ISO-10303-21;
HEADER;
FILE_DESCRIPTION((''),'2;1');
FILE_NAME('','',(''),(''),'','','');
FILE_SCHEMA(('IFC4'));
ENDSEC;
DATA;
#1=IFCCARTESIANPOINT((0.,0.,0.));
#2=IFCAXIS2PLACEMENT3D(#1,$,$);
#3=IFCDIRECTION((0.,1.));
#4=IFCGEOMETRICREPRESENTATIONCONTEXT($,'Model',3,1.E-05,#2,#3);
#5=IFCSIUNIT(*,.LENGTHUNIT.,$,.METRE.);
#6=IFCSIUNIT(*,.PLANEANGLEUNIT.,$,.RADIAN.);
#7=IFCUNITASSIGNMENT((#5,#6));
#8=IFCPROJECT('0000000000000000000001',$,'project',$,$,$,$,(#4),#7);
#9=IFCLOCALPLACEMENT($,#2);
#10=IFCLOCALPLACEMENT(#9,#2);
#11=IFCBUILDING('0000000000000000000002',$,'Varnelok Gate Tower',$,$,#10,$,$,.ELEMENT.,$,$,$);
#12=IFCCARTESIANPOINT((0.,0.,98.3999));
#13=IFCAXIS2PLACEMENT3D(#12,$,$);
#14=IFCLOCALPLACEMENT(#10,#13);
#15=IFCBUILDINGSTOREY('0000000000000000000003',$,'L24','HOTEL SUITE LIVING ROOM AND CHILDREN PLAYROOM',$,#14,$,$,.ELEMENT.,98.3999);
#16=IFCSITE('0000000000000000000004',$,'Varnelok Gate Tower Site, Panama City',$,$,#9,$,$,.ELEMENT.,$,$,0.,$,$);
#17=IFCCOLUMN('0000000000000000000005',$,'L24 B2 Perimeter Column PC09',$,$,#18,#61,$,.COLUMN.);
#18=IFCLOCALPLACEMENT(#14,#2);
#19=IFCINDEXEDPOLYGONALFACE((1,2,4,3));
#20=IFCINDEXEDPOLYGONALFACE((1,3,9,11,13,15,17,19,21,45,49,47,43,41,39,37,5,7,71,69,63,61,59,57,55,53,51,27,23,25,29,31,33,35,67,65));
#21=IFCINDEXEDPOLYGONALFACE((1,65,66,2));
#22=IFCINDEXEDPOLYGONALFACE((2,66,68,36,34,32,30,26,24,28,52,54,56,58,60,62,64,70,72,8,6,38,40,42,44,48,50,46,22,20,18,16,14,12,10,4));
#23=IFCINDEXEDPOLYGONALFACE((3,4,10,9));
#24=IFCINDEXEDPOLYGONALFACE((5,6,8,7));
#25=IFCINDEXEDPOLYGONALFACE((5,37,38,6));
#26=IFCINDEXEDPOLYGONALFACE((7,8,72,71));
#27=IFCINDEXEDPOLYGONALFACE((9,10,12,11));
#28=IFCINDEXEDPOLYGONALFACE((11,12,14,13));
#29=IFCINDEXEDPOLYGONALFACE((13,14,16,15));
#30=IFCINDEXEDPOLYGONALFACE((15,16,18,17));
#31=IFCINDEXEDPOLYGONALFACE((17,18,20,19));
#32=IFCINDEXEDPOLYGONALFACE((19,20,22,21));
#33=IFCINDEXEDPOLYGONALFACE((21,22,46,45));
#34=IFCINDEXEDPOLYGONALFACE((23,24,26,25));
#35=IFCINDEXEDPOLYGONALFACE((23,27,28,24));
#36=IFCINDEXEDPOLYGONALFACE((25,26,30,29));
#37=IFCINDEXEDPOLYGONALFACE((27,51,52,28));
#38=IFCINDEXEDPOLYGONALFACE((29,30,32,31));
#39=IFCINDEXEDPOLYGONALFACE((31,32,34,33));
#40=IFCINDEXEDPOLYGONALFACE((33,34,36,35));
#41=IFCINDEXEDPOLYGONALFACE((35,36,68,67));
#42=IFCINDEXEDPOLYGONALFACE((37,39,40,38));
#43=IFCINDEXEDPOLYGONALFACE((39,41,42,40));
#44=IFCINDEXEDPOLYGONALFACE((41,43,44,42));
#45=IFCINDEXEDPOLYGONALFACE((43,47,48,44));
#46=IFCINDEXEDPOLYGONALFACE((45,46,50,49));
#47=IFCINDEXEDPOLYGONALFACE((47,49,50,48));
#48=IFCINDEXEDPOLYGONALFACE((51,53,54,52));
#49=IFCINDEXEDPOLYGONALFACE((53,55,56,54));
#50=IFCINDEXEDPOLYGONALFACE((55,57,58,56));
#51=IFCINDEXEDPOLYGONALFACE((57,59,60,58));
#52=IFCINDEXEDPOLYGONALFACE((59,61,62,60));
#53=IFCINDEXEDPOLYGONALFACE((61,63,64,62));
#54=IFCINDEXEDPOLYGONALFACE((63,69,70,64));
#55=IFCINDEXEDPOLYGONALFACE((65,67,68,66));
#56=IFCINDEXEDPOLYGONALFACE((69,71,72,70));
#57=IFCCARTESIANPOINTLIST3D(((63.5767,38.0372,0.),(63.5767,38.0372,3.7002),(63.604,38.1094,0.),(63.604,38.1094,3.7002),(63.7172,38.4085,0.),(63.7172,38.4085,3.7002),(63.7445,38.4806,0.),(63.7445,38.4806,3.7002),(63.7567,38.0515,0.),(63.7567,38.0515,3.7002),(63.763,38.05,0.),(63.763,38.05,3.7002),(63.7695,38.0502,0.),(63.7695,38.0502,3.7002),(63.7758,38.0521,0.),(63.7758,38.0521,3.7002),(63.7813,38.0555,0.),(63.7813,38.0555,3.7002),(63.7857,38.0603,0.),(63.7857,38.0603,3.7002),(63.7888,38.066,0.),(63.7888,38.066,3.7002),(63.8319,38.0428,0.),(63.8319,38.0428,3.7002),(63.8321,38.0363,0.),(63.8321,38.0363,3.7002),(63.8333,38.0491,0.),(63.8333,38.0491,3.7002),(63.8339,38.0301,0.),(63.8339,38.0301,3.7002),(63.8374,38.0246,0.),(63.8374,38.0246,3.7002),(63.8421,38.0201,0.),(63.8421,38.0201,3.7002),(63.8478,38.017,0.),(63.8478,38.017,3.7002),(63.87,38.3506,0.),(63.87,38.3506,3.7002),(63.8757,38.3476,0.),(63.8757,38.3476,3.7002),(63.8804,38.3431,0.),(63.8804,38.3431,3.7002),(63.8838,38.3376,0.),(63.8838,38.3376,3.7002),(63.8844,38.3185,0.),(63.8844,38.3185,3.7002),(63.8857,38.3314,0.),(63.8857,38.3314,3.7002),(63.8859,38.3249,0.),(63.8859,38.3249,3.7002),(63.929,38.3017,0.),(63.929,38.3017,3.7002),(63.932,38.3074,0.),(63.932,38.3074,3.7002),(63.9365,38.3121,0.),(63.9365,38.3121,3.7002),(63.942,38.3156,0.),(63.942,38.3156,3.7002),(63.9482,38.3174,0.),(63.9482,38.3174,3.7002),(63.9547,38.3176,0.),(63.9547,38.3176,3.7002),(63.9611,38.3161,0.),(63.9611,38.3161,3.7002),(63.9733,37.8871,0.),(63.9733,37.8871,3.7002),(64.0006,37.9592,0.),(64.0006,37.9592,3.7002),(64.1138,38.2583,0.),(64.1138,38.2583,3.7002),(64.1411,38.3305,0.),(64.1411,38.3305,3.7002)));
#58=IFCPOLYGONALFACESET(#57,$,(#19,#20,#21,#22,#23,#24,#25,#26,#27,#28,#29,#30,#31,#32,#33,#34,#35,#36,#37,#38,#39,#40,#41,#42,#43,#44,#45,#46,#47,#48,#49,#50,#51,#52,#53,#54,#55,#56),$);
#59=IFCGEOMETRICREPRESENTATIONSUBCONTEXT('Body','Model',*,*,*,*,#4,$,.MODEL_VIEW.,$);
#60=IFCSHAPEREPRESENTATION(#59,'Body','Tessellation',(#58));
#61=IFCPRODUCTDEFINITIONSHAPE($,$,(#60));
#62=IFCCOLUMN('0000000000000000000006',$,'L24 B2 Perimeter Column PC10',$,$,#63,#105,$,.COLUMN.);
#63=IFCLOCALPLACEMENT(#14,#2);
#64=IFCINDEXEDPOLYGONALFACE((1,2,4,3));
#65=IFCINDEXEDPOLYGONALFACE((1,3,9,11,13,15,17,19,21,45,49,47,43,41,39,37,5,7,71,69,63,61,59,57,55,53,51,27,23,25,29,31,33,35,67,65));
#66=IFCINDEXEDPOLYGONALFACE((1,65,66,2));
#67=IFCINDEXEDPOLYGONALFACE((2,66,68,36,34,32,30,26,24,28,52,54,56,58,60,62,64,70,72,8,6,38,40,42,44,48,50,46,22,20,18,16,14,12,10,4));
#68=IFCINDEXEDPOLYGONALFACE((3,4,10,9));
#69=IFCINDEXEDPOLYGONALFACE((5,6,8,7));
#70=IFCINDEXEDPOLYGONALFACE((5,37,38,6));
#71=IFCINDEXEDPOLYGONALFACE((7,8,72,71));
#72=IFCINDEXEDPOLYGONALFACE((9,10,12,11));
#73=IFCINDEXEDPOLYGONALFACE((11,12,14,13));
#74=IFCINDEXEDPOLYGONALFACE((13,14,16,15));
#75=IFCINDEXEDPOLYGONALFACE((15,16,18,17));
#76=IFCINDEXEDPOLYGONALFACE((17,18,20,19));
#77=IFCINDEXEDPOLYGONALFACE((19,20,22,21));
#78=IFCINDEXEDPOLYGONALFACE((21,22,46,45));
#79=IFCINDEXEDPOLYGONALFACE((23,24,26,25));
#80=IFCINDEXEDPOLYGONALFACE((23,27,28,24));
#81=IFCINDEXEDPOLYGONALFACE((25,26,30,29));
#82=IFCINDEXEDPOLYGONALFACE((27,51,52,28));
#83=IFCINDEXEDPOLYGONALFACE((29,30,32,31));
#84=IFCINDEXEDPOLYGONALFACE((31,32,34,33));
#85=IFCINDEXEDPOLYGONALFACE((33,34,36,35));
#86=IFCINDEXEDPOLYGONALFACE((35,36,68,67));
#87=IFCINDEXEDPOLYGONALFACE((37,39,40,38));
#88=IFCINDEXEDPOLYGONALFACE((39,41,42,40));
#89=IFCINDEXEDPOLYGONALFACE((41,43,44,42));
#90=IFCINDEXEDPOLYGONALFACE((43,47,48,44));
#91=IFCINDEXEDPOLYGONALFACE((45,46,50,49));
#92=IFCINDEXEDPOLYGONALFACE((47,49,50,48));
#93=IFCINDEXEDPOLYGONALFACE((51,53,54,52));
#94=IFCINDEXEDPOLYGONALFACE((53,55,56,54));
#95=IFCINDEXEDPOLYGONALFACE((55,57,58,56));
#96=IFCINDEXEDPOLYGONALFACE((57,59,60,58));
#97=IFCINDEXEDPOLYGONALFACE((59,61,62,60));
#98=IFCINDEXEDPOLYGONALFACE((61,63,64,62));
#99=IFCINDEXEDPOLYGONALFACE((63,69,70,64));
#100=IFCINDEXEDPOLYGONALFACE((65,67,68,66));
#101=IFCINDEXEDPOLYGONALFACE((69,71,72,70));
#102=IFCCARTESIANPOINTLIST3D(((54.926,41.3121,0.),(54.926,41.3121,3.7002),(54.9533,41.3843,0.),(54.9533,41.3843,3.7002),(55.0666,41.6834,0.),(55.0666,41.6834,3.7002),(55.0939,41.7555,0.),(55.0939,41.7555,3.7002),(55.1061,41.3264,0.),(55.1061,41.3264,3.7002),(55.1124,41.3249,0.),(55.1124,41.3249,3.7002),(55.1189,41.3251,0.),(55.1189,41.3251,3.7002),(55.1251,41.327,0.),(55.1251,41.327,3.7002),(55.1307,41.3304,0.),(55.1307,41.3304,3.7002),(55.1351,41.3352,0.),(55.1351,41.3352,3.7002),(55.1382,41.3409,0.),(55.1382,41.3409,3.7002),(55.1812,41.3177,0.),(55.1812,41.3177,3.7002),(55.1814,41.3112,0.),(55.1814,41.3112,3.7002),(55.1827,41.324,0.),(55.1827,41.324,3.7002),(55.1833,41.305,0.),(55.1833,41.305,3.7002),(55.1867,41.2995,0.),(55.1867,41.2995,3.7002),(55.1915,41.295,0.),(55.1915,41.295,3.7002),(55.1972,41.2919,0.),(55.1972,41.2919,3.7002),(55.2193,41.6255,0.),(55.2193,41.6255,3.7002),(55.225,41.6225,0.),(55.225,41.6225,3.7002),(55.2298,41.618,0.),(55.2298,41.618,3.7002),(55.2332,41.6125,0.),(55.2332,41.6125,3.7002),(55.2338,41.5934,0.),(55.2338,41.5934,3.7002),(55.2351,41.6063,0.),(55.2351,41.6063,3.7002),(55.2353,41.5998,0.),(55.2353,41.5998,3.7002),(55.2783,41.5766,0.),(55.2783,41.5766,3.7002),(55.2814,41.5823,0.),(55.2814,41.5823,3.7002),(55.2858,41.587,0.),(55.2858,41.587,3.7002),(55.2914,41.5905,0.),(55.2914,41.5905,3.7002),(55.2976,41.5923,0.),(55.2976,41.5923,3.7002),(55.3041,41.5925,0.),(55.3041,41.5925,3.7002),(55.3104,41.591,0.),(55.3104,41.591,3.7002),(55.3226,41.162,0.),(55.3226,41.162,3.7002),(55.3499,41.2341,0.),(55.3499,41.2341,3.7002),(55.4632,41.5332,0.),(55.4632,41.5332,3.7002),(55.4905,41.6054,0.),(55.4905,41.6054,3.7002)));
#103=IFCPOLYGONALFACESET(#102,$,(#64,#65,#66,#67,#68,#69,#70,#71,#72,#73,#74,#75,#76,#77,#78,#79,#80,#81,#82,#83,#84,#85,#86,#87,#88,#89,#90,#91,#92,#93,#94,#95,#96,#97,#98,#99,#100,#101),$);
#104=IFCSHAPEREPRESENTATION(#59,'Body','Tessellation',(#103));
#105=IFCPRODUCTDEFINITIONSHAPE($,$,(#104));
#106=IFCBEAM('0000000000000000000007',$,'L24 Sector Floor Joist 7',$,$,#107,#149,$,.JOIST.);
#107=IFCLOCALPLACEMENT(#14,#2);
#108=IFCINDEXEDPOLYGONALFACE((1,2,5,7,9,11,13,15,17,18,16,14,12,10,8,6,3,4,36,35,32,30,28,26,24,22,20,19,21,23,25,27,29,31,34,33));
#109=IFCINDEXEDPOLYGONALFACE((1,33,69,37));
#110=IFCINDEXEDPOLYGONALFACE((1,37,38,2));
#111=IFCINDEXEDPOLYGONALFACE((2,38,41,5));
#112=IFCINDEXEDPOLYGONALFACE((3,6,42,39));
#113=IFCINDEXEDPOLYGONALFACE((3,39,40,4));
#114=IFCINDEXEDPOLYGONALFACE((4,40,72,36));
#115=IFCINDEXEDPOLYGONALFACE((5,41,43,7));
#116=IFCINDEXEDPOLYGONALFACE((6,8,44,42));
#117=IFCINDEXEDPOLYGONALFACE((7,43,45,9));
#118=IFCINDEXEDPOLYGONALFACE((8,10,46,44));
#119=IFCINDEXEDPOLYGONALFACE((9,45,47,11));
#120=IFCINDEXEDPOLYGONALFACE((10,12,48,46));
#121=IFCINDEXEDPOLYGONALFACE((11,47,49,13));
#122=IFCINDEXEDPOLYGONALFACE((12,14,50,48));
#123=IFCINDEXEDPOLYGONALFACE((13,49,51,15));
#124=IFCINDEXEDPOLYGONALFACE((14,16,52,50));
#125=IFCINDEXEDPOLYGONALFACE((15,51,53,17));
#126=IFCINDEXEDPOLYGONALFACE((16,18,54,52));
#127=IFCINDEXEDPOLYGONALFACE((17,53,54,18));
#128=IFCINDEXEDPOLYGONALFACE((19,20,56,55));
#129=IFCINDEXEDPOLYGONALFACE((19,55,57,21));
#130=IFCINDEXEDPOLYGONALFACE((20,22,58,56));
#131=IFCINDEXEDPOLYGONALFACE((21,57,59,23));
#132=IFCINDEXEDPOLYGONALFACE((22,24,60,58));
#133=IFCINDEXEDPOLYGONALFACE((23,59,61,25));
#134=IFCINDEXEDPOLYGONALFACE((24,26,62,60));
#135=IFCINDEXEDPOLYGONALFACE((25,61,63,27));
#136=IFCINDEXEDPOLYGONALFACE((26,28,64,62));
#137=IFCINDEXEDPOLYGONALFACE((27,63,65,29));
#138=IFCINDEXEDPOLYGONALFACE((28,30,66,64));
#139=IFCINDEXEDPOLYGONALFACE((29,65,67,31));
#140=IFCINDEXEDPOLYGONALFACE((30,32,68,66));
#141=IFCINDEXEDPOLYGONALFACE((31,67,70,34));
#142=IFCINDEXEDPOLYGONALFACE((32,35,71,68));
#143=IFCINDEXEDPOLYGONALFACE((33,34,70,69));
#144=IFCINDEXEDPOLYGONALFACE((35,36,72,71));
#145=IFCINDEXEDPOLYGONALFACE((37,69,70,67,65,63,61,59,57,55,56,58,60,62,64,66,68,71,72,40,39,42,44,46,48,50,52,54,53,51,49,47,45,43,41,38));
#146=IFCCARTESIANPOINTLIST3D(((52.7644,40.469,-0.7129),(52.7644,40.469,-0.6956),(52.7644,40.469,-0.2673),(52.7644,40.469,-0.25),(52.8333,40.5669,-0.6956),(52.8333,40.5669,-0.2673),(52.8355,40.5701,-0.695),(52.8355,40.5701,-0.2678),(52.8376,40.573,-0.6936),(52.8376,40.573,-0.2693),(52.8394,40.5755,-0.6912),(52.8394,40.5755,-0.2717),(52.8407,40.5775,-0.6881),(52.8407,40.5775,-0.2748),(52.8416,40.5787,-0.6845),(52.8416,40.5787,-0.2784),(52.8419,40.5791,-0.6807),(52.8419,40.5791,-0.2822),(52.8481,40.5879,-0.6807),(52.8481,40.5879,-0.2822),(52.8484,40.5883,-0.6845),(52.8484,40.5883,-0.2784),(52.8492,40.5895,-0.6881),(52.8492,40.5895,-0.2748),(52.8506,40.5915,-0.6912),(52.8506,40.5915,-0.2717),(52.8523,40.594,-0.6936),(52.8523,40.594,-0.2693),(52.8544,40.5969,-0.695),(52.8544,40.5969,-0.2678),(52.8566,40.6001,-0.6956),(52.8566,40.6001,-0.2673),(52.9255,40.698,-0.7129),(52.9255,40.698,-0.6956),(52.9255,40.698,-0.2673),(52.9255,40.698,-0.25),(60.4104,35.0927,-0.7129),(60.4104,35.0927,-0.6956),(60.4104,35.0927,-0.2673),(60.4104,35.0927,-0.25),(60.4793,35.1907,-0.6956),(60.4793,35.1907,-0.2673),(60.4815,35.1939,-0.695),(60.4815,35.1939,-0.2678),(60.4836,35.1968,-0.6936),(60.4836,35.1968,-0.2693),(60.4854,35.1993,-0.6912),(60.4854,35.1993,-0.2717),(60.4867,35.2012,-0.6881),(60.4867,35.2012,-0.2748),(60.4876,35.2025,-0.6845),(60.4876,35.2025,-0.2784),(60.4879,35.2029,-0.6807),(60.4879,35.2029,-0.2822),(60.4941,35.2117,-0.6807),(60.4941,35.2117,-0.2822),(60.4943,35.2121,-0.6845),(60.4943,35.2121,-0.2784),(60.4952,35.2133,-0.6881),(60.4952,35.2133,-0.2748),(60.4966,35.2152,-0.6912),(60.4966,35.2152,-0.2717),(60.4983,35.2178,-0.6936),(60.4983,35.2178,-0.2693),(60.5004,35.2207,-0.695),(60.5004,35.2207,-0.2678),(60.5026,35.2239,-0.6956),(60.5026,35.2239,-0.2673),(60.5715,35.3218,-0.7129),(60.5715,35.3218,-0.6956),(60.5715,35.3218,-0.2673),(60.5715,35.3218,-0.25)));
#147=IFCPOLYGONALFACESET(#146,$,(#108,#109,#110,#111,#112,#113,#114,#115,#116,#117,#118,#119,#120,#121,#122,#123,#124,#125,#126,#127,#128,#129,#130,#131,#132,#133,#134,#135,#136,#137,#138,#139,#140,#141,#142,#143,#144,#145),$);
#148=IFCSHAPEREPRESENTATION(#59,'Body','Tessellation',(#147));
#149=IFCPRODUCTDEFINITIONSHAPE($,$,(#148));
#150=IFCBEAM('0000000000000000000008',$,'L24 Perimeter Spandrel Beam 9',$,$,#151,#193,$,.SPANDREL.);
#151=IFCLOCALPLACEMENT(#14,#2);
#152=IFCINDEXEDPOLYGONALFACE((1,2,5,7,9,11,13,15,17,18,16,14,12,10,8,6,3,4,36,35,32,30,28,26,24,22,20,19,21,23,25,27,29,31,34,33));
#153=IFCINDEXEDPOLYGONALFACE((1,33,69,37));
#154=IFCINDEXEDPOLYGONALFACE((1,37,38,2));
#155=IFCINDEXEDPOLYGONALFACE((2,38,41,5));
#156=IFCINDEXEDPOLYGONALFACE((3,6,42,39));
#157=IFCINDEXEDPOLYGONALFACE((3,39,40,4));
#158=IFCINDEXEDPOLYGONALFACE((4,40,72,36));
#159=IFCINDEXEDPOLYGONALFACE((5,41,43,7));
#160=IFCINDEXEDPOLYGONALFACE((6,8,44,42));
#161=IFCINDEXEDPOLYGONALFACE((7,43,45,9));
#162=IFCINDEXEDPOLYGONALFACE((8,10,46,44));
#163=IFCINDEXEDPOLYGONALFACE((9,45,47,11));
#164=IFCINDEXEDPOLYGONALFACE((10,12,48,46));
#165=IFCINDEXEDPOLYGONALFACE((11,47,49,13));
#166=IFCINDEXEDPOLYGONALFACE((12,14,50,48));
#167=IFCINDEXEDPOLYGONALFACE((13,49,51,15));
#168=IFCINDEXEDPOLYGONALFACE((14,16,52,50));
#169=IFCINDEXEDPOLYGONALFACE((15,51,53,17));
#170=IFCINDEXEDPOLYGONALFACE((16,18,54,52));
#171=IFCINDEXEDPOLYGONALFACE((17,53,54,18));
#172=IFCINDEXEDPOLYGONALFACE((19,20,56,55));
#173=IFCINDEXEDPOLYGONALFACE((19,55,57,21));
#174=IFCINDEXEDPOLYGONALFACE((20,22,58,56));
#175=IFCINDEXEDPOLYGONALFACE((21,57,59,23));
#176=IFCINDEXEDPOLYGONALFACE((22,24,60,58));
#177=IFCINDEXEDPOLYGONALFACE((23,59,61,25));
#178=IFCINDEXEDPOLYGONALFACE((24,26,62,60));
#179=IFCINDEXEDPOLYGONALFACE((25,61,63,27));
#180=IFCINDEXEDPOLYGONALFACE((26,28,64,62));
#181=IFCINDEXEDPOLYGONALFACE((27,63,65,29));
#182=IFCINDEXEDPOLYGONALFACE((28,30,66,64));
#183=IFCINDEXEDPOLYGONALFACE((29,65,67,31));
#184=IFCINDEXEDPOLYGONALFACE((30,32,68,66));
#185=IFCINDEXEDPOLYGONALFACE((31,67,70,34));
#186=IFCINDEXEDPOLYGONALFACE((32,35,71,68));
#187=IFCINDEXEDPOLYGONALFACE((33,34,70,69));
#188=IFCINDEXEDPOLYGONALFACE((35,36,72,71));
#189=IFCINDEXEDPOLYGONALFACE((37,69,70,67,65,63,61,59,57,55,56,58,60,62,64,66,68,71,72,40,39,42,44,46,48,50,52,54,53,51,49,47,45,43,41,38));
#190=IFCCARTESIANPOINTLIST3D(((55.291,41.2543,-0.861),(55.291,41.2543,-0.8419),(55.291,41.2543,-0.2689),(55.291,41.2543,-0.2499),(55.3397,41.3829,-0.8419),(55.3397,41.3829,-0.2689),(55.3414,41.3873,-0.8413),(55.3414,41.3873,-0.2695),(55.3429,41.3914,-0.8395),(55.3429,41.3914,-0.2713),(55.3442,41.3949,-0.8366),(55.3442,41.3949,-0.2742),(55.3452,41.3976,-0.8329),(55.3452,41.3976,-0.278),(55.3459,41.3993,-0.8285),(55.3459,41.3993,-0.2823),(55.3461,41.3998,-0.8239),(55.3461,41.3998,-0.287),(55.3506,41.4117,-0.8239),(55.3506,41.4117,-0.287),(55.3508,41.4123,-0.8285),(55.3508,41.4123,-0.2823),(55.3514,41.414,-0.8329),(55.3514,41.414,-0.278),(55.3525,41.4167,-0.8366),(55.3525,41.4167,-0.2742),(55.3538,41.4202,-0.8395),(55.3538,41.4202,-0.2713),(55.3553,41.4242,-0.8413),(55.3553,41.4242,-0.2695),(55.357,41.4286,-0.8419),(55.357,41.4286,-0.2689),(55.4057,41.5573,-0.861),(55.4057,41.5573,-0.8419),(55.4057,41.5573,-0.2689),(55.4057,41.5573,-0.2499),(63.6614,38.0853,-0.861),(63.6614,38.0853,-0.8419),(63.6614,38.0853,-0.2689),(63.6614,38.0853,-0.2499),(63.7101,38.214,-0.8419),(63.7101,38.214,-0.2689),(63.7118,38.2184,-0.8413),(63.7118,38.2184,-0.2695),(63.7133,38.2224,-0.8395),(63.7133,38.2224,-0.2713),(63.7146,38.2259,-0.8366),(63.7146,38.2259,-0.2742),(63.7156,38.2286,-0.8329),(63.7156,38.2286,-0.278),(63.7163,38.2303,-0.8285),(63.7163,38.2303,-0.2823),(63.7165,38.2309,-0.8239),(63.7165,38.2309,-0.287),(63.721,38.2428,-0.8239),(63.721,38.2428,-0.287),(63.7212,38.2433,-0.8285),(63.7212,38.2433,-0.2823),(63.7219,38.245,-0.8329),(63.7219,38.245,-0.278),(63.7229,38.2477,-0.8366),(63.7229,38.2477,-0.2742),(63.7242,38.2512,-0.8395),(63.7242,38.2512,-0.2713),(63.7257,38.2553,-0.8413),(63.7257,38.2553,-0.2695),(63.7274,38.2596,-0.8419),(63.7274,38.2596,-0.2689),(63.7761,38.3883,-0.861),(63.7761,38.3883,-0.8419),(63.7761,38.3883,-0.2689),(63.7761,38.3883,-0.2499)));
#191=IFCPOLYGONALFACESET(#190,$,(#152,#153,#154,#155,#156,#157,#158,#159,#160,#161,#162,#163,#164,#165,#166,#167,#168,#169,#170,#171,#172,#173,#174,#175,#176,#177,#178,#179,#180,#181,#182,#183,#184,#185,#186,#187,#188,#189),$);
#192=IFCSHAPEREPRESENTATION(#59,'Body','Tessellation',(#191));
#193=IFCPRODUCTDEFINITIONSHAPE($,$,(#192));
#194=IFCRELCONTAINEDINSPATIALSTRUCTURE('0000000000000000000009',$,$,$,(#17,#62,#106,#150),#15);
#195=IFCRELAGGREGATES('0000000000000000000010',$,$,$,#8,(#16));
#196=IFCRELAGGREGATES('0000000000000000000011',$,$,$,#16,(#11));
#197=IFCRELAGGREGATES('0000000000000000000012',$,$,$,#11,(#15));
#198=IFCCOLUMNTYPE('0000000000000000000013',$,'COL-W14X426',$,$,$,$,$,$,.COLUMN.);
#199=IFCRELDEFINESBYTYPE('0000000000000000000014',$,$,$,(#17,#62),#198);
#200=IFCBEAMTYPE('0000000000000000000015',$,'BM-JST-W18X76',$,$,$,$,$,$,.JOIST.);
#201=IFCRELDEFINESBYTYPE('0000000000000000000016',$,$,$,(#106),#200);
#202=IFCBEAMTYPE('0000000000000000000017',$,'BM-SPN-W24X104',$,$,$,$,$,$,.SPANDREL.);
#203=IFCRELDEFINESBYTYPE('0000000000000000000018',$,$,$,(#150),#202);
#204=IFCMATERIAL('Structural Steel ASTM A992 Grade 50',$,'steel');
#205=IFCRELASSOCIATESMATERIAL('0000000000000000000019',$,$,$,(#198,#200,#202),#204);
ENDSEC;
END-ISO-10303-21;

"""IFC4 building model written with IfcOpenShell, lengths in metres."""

from ifc_helpers import new_model, si_unit, direction, frame, origin, origin_2d, place, context, subcontext, project, spatial, i_section, extrude, material, material_profile, profile_set, type_object, element, save


model = new_model("IFC4")

# Units and contexts
model_context = context("Model", 3, precision=1e-05, world=origin(), true_north=direction((0.0, 1.0)))
body_context = subcontext(model_context, "Body", "Model", "MODEL_VIEW")
ifc_project = project(units=[si_unit("LENGTHUNIT", "METRE"), si_unit("PLANEANGLEUNIT", "RADIAN")], contexts=[model_context])

# Site, building, storey
site_placement = place(None, origin())
site = spatial("IfcSite", under=ifc_project, at=site_placement, Name="Varnelok Gate Tower Site, Panama City", CompositionType="ELEMENT", RefElevation=0.0)
building_placement = place(site_placement, origin())
building = spatial("IfcBuilding", under=site, at=building_placement, Name="Varnelok Gate Tower", CompositionType="ELEMENT")
storey_placement = place(building_placement, frame((0.0, 0.0, 98.3999)))
storey = spatial("IfcBuildingStorey", under=building, at=storey_placement, Name="L24", Description="HOTEL SUITE LIVING ROOM AND CHILDREN PLAYROOM", CompositionType="ELEMENT", Elevation=98.3999)

# Columns
ifc_material_1 = material(Name="Structural Steel ASTM A992 Grade 50", Category="steel")
ifc_material_profile_1 = material_profile(ifc_material_1, i_section(OverallWidth=0.4241, OverallDepth=0.4741, WebThickness=0.0476, FlangeThickness=0.0771, FilletRadius=0.0249, at=origin_2d()), Name="W14X426")
ifc_profile_set_1 = profile_set([ifc_material_profile_1], Name="Structural Steel ASTM A992 Grade 50")
column_type = type_object("IfcColumnType", Name="COL-W14X426", PredefinedType="COLUMN", material=ifc_profile_set_1)
for number, where, z_axis, x_axis, name in (
    (1, (63.8589, 38.1838, 0.0), (0.0, 0.0, 1.0), (0.935222, -0.354063, 0.0), "L24 B2 Perimeter Column PC09"),
    (2, (55.2083, 41.4587, 0.0), (0.0, 0.0, 1.0), (0.935222, -0.354063, 0.0), "L24 B2 Perimeter Column PC10"),
):
    element("IfcColumn", number, at=place(storey_placement, frame(where, z_axis=z_axis, x_axis=x_axis)), inside=storey, type_object=column_type, Name=name, PredefinedType="COLUMN", context=body_context, shape_type="SweptSolid", body=[
        extrude(i_section(OverallWidth=0.4241, OverallDepth=0.4741, WebThickness=0.0476, FlangeThickness=0.0771, FilletRadius=0.0249, at=origin_2d()), origin(), (0.0, 0.0, 1.0), 3.7002),
    ])

# Beams
ifc_material_profile_2 = material_profile(ifc_material_1, i_section(OverallWidth=0.28, OverallDepth=0.4629, WebThickness=0.0107, FlangeThickness=0.0173, FilletRadius=0.0149, at=origin_2d()), Name="W18X76")
ifc_profile_set_2 = profile_set([ifc_material_profile_2], Name="Structural Steel ASTM A992 Grade 50")
beam_type_1 = type_object("IfcBeamType", Name="BM-JST-W18X76", PredefinedType="JOIST", material=ifc_profile_set_2)
beam_1_placement = place(storey_placement, frame((60.491, 35.2073, -0.4814), z_axis=(-0.818023, 0.575186, 0.0), x_axis=(-0.575186, -0.818023, 0.0)))
element("IfcBeam", 3, at=beam_1_placement, inside=storey, type_object=beam_type_1, Name="L24 Sector Floor Joist 7", PredefinedType="JOIST", context=body_context, shape_type="SweptSolid", body=[
    extrude(i_section(OverallWidth=0.28, OverallDepth=0.4629, WebThickness=0.0107, FlangeThickness=0.0173, FilletRadius=0.0149, at=origin_2d()), origin(), (0.0, 0.0, 1.0), 9.3469),
])
ifc_material_profile_3 = material_profile(ifc_material_1, i_section(OverallWidth=0.324, OverallDepth=0.6111, WebThickness=0.0127, FlangeThickness=0.019, FilletRadius=0.0181, at=origin_2d()), Name="W24X104")
ifc_profile_set_3 = profile_set([ifc_material_profile_3], Name="Structural Steel ASTM A992 Grade 50")
beam_type_2 = type_object("IfcBeamType", Name="BM-SPN-W24X104", PredefinedType="SPANDREL", material=ifc_profile_set_3)
beam_2_placement = place(storey_placement, frame((63.7188, 38.2368, -0.5554), z_axis=(-0.93522, 0.354066, 0.0), x_axis=(-0.354066, -0.93522, 0.0)))
element("IfcBeam", 4, at=beam_2_placement, inside=storey, type_object=beam_type_2, Name="L24 Perimeter Spandrel Beam 9", PredefinedType="SPANDREL", context=body_context, shape_type="SweptSolid", body=[
    extrude(i_section(OverallWidth=0.324, OverallDepth=0.6111, WebThickness=0.0127, FlangeThickness=0.019, FilletRadius=0.0181, at=origin_2d()), origin(), (0.0, 0.0, 1.0), 8.9502),
])

save(model, "model.ifc")
